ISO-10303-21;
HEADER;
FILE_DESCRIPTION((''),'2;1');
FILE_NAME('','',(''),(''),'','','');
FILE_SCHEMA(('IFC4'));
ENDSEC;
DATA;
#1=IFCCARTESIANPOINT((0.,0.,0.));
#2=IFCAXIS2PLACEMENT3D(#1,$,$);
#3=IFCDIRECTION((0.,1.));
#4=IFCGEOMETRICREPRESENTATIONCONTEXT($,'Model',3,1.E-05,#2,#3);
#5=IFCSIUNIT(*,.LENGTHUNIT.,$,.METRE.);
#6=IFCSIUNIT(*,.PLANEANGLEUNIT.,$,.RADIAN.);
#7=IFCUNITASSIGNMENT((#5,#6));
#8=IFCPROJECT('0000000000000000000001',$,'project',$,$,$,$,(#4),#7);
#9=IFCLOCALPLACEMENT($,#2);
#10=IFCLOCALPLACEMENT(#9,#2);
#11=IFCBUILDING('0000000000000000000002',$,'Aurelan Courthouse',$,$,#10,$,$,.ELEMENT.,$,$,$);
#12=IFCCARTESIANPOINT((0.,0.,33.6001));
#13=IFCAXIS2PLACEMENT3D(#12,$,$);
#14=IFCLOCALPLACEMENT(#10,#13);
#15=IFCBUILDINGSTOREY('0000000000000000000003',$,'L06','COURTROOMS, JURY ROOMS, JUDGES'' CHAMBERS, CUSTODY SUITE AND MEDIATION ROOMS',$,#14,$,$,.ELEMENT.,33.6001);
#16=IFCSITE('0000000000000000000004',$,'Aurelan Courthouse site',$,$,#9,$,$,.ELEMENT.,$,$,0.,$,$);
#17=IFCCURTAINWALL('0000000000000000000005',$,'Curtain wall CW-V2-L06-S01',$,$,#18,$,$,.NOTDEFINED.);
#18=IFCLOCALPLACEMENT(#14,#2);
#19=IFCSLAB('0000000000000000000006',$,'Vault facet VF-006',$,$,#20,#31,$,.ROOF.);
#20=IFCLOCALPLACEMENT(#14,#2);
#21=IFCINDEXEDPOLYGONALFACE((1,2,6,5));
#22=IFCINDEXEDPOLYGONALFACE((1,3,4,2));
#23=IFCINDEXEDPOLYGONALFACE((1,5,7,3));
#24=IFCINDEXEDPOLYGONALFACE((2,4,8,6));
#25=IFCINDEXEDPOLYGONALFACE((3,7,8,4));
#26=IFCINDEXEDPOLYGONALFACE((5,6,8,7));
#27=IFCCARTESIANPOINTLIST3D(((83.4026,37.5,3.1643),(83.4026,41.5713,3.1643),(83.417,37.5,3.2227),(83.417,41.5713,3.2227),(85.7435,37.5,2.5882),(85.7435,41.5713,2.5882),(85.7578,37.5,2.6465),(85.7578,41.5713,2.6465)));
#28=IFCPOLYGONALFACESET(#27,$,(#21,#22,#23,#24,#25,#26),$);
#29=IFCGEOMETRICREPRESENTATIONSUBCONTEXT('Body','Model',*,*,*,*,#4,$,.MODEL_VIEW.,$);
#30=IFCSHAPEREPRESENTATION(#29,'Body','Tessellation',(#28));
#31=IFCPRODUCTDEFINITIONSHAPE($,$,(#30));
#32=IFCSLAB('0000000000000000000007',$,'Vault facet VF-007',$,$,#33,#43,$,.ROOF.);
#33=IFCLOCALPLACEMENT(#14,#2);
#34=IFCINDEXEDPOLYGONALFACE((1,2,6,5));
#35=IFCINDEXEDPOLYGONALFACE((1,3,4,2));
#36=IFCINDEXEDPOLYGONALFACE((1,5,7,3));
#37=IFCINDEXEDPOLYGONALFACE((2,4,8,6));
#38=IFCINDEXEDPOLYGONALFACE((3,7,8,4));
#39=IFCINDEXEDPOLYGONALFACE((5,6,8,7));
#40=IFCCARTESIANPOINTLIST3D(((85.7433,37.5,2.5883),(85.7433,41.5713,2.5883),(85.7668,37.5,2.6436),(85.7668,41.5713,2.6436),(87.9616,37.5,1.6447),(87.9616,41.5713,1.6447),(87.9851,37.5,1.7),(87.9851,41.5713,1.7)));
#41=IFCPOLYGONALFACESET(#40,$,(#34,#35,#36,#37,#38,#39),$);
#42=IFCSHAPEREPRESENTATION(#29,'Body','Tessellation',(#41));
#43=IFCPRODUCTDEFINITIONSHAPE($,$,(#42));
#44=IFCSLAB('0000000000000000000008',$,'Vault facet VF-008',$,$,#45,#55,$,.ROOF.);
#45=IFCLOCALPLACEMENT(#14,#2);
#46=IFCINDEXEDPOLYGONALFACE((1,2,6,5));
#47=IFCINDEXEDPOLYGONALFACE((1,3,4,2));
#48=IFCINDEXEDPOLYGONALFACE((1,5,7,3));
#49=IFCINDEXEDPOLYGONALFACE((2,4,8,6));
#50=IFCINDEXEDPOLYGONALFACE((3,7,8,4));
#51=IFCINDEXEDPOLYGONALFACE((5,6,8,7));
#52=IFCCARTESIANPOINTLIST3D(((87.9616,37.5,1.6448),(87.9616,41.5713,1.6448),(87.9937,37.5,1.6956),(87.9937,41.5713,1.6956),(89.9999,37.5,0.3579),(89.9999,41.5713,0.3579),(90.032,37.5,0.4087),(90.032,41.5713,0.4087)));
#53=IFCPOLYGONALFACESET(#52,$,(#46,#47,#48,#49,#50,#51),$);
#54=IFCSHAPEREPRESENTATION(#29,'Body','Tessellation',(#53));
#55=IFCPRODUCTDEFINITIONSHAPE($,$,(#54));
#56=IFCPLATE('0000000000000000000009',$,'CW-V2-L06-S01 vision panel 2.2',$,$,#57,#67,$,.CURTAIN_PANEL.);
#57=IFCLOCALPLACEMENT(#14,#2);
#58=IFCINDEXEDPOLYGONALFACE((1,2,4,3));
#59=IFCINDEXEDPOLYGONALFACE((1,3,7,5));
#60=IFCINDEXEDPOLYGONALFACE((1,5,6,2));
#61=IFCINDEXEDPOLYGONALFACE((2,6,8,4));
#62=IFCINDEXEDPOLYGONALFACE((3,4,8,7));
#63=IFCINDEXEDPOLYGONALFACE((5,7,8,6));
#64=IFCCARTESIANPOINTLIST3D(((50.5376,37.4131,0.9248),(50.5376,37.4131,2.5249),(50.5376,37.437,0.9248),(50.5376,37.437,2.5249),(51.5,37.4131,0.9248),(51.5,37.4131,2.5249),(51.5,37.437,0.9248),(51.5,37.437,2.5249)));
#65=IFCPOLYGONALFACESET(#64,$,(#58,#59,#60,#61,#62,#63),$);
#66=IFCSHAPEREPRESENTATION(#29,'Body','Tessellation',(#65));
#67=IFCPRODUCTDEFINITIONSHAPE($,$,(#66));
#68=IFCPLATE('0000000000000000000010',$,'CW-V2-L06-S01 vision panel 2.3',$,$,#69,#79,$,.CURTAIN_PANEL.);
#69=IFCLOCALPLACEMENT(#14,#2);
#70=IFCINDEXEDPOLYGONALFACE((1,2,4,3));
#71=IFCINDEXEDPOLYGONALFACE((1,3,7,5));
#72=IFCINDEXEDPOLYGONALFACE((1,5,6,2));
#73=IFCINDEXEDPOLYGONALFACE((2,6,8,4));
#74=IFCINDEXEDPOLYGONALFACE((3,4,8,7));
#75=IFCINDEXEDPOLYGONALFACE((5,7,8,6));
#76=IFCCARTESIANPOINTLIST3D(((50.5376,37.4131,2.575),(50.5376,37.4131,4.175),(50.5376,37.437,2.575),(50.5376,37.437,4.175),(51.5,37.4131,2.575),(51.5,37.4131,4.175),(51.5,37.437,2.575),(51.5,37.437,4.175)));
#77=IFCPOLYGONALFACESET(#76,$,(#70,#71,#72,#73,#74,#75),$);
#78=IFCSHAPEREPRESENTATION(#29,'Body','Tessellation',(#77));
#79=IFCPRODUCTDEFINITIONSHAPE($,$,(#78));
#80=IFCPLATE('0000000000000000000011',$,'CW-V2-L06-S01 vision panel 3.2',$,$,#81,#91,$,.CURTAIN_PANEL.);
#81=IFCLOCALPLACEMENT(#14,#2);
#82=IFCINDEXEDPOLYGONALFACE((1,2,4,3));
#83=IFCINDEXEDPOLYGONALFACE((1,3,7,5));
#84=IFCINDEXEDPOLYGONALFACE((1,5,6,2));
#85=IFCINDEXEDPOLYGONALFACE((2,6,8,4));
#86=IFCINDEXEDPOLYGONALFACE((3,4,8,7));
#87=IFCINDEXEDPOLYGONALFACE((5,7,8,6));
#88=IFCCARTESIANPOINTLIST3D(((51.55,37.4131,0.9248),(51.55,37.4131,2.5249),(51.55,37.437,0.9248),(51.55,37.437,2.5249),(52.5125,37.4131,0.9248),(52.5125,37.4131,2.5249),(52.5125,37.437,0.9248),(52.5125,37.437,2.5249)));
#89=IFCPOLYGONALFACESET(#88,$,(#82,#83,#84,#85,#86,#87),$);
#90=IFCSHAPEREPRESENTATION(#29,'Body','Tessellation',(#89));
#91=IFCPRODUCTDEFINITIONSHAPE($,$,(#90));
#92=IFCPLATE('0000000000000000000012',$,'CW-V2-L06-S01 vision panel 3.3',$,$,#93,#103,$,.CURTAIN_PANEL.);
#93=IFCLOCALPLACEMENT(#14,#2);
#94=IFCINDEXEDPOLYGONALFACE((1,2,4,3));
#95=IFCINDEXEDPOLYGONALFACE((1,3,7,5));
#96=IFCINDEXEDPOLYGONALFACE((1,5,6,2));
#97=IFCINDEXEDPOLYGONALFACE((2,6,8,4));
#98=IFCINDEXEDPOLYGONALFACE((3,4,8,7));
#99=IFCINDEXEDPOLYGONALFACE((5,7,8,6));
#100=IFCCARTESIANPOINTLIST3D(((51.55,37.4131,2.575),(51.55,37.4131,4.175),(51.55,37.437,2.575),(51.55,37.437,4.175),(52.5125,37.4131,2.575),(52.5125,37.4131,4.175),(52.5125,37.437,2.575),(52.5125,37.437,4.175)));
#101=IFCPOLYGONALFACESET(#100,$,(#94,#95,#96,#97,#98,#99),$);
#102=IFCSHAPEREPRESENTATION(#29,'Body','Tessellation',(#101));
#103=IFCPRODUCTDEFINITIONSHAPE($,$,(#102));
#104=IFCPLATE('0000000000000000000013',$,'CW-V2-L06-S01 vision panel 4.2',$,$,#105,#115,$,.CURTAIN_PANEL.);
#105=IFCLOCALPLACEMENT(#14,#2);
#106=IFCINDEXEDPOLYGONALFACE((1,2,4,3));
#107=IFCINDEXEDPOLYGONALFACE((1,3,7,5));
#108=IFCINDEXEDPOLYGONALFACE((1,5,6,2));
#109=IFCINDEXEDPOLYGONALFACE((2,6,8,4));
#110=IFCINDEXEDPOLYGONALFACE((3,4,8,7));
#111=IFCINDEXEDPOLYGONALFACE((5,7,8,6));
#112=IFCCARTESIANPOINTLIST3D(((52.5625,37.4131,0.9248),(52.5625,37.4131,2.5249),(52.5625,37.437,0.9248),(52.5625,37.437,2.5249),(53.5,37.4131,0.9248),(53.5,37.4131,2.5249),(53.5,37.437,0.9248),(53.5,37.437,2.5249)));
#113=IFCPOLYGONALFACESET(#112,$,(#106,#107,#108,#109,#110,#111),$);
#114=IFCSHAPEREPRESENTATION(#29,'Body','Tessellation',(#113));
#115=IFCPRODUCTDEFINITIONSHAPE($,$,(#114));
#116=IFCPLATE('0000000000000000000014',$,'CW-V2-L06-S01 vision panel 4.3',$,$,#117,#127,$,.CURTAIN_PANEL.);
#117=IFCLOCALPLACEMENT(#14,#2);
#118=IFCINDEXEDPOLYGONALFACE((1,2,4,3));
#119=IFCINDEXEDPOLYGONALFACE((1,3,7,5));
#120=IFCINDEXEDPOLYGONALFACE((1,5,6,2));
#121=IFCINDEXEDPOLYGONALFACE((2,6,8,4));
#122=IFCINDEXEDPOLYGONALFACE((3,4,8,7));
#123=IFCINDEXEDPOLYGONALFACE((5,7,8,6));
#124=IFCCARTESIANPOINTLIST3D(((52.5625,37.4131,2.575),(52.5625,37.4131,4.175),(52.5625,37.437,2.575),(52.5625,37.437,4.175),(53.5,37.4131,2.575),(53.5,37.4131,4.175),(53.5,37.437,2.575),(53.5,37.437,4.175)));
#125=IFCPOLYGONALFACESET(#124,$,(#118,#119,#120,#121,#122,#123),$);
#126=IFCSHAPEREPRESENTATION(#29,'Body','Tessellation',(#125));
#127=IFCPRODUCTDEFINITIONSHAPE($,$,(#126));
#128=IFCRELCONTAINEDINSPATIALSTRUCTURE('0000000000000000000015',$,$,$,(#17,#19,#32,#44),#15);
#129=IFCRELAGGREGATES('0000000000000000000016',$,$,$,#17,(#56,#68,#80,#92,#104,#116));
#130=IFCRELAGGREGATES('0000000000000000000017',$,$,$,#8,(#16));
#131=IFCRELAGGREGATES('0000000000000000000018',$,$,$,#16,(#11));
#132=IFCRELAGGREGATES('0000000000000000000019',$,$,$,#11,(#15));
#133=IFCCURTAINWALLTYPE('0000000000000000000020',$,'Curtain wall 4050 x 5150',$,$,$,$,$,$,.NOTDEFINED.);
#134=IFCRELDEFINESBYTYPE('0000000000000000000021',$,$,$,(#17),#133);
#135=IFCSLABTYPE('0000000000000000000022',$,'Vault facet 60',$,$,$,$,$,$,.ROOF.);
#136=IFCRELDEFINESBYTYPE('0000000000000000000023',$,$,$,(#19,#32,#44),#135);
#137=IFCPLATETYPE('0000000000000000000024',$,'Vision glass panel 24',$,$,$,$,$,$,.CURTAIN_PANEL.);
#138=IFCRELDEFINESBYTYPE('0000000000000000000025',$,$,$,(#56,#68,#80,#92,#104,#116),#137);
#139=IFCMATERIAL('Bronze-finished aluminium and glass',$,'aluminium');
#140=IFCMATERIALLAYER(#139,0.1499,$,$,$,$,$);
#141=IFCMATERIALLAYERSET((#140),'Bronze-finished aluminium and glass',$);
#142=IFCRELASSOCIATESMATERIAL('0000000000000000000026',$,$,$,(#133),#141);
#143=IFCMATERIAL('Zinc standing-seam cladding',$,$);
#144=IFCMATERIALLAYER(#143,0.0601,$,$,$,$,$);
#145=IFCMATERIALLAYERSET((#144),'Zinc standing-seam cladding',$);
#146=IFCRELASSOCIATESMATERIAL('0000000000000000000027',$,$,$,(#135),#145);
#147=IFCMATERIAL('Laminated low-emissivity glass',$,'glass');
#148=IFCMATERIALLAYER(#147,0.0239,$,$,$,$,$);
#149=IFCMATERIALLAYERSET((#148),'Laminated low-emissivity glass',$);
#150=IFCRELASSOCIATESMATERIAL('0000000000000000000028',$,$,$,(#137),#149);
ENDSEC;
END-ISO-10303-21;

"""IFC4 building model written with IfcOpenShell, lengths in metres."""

from ifc_helpers import new_model, si_unit, direction, frame, origin, origin_2d, place, context, subcontext, project, spatial, polyline, rectangle, outline, extrude, material, layer, layer_set, type_object, element, aggregate, save


model = new_model("IFC4")

# Units and contexts
model_context = context("Model", 3, precision=1e-05, world=origin(), true_north=direction((0.0, 1.0)))
body_context = subcontext(model_context, "Body", "Model", "MODEL_VIEW")
ifc_project = project(units=[si_unit("LENGTHUNIT", "METRE"), si_unit("PLANEANGLEUNIT", "RADIAN")], contexts=[model_context])

# Site, building, storey
site_placement = place(None, origin())
site = spatial("IfcSite", under=ifc_project, at=site_placement, Name="Aurelan Courthouse site", CompositionType="ELEMENT", RefElevation=0.0)
building_placement = place(site_placement, origin())
building = spatial("IfcBuilding", under=site, at=building_placement, Name="Aurelan Courthouse", CompositionType="ELEMENT")
storey_placement = place(building_placement, frame((0.0, 0.0, 33.6001)))
storey = spatial("IfcBuildingStorey", under=building, at=storey_placement, Name="L06", Description="COURTROOMS, JURY ROOMS, JUDGES' CHAMBERS, CUSTODY SUITE AND MEDIATION ROOMS", CompositionType="ELEMENT", Elevation=33.6001)

# Curtain wall
ifc_material_1 = material(Name="Bronze-finished aluminium and glass", Category="aluminium")
ifc_layer_1 = layer(ifc_material_1, 0.1499)
ifc_layer_set_1 = layer_set([ifc_layer_1], Name="Bronze-finished aluminium and glass")
curtain_wall_type = type_object("IfcCurtainWallType", Name="Curtain wall 4050 x 5150", PredefinedType="NOTDEFINED", material=ifc_layer_set_1)
curtain_wall_placement = place(storey_placement, origin())
curtain_wall = element("IfcCurtainWall", 1, at=curtain_wall_placement, inside=storey, type_object=curtain_wall_type, Name="Curtain wall CW-V2-L06-S01", PredefinedType="NOTDEFINED")

# Slabs
ifc_material_2 = material(Name="Zinc standing-seam cladding")
ifc_layer_2 = layer(ifc_material_2, 0.0601)
ifc_layer_set_2 = layer_set([ifc_layer_2], Name="Zinc standing-seam cladding")
slab_type = type_object("IfcSlabType", Name="Vault facet 60", PredefinedType="ROOF", material=ifc_layer_set_2)
slab_1_placement = place(storey_placement, frame((83.417, 37.5, 3.2227), z_axis=(0.239007, 0.0, 0.971018), x_axis=(0.971018, 0.0, -0.239007)))
element("IfcSlab", 2, at=slab_1_placement, inside=storey, type_object=slab_type, Name="Vault facet VF-006", PredefinedType="ROOF", context=body_context, shape_type="SweptSolid", body=[
    extrude(outline(polyline([(0.0, 0.0), (2.4107, 0.0), (2.4107, 4.0713), (0.0, 4.0713), (0.0, 0.0)])), origin(), (0.0, 0.0, -1.0), 0.0601),
])
slab_2_placement = place(storey_placement, frame((85.7668, 37.5, 2.6436), z_axis=(0.391437, 0.0, 0.920205), x_axis=(0.920205, 0.0, -0.391437)))
element("IfcSlab", 3, at=slab_2_placement, inside=storey, type_object=slab_type, Name="Vault facet VF-007", PredefinedType="ROOF", context=body_context, shape_type="SweptSolid", body=[
    extrude(outline(polyline([(0.0, 0.0), (2.4106, 0.0), (2.4106, 4.0713), (0.0, 4.0713), (0.0, 0.0)])), origin(), (0.0, 0.0, -1.0), 0.0601),
])
slab_3_placement = place(storey_placement, frame((87.9937, 37.5, 1.6956), z_axis=(0.533844, 0.0, 0.845583), x_axis=(0.845583, 0.0, -0.533844)))
element("IfcSlab", 4, at=slab_3_placement, inside=storey, type_object=slab_type, Name="Vault facet VF-008", PredefinedType="ROOF", context=body_context, shape_type="SweptSolid", body=[
    extrude(outline(polyline([(0.0, 0.0), (2.4106, 0.0), (2.4106, 4.0713), (0.0, 4.0713), (0.0, 0.0)])), origin(), (0.0, 0.0, -1.0), 0.0601),
])

# Plates
ifc_material_3 = material(Name="Laminated low-emissivity glass", Category="glass")
ifc_layer_3 = layer(ifc_material_3, 0.0239)
ifc_layer_set_3 = layer_set([ifc_layer_3], Name="Laminated low-emissivity glass")
plate_type_1 = type_object("IfcPlateType", Name="Vision glass panel 24", PredefinedType="CURTAIN_PANEL", material=ifc_layer_set_3)
plate_1_placement = place(storey_placement, frame((51.0188, 37.425, 0.9248), z_axis=(0.0, 0.0, 1.0), x_axis=(1.0, 0.0, 0.0)))
plate_1 = element("IfcPlate", 5, at=plate_1_placement, type_object=plate_type_1, Name="CW-V2-L06-S01 vision panel 2.2", PredefinedType="CURTAIN_PANEL", context=body_context, shape_type="SweptSolid", body=[
    extrude(rectangle(XDim=0.9624, YDim=0.0239, at=origin_2d()), origin(), (0.0, 0.0, 1.0), 1.6001),
])
plate_2_placement = place(storey_placement, frame((51.0188, 37.425, 2.575), z_axis=(0.0, 0.0, 1.0), x_axis=(1.0, 0.0, 0.0)))
plate_2 = element("IfcPlate", 6, at=plate_2_placement, type_object=plate_type_1, Name="CW-V2-L06-S01 vision panel 2.3", PredefinedType="CURTAIN_PANEL", context=body_context, shape_type="SweptSolid", body=[
    extrude(rectangle(XDim=0.9624, YDim=0.0239, at=origin_2d()), origin(), (0.0, 0.0, 1.0), 1.6001),
])
plate_3_placement = place(storey_placement, frame((52.0312, 37.425, 0.9248), z_axis=(0.0, 0.0, 1.0), x_axis=(1.0, 0.0, 0.0)))
plate_3 = element("IfcPlate", 7, at=plate_3_placement, type_object=plate_type_1, Name="CW-V2-L06-S01 vision panel 3.2", PredefinedType="CURTAIN_PANEL", context=body_context, shape_type="SweptSolid", body=[
    extrude(rectangle(XDim=0.9624, YDim=0.0239, at=origin_2d()), origin(), (0.0, 0.0, 1.0), 1.6001),
])
plate_4_placement = place(storey_placement, frame((52.0312, 37.425, 2.575), z_axis=(0.0, 0.0, 1.0), x_axis=(1.0, 0.0, 0.0)))
plate_4 = element("IfcPlate", 8, at=plate_4_placement, type_object=plate_type_1, Name="CW-V2-L06-S01 vision panel 3.3", PredefinedType="CURTAIN_PANEL", context=body_context, shape_type="SweptSolid", body=[
    extrude(rectangle(XDim=0.9624, YDim=0.0239, at=origin_2d()), origin(), (0.0, 0.0, 1.0), 1.6001),
])
plate_5_placement = place(storey_placement, frame((53.0312, 37.425, 0.9248), z_axis=(0.0, 0.0, 1.0), x_axis=(1.0, 0.0, 0.0)))
plate_5 = element("IfcPlate", 9, at=plate_5_placement, type_object=plate_type_1, Name="CW-V2-L06-S01 vision panel 4.2", PredefinedType="CURTAIN_PANEL", context=body_context, shape_type="SweptSolid", body=[
    extrude(rectangle(XDim=0.9375, YDim=0.0239, at=origin_2d()), origin(), (0.0, 0.0, 1.0), 1.6001),
])
plate_6_placement = place(storey_placement, frame((53.0312, 37.425, 2.575), z_axis=(0.0, 0.0, 1.0), x_axis=(1.0, 0.0, 0.0)))
plate_6 = element("IfcPlate", 10, at=plate_6_placement, type_object=plate_type_1, Name="CW-V2-L06-S01 vision panel 4.3", PredefinedType="CURTAIN_PANEL", context=body_context, shape_type="SweptSolid", body=[
    extrude(rectangle(XDim=0.9375, YDim=0.0239, at=origin_2d()), origin(), (0.0, 0.0, 1.0), 1.6001),
])
aggregate(curtain_wall, [plate_1, plate_2, plate_3, plate_4, plate_5, plate_6])

save(model, "model.ifc")
